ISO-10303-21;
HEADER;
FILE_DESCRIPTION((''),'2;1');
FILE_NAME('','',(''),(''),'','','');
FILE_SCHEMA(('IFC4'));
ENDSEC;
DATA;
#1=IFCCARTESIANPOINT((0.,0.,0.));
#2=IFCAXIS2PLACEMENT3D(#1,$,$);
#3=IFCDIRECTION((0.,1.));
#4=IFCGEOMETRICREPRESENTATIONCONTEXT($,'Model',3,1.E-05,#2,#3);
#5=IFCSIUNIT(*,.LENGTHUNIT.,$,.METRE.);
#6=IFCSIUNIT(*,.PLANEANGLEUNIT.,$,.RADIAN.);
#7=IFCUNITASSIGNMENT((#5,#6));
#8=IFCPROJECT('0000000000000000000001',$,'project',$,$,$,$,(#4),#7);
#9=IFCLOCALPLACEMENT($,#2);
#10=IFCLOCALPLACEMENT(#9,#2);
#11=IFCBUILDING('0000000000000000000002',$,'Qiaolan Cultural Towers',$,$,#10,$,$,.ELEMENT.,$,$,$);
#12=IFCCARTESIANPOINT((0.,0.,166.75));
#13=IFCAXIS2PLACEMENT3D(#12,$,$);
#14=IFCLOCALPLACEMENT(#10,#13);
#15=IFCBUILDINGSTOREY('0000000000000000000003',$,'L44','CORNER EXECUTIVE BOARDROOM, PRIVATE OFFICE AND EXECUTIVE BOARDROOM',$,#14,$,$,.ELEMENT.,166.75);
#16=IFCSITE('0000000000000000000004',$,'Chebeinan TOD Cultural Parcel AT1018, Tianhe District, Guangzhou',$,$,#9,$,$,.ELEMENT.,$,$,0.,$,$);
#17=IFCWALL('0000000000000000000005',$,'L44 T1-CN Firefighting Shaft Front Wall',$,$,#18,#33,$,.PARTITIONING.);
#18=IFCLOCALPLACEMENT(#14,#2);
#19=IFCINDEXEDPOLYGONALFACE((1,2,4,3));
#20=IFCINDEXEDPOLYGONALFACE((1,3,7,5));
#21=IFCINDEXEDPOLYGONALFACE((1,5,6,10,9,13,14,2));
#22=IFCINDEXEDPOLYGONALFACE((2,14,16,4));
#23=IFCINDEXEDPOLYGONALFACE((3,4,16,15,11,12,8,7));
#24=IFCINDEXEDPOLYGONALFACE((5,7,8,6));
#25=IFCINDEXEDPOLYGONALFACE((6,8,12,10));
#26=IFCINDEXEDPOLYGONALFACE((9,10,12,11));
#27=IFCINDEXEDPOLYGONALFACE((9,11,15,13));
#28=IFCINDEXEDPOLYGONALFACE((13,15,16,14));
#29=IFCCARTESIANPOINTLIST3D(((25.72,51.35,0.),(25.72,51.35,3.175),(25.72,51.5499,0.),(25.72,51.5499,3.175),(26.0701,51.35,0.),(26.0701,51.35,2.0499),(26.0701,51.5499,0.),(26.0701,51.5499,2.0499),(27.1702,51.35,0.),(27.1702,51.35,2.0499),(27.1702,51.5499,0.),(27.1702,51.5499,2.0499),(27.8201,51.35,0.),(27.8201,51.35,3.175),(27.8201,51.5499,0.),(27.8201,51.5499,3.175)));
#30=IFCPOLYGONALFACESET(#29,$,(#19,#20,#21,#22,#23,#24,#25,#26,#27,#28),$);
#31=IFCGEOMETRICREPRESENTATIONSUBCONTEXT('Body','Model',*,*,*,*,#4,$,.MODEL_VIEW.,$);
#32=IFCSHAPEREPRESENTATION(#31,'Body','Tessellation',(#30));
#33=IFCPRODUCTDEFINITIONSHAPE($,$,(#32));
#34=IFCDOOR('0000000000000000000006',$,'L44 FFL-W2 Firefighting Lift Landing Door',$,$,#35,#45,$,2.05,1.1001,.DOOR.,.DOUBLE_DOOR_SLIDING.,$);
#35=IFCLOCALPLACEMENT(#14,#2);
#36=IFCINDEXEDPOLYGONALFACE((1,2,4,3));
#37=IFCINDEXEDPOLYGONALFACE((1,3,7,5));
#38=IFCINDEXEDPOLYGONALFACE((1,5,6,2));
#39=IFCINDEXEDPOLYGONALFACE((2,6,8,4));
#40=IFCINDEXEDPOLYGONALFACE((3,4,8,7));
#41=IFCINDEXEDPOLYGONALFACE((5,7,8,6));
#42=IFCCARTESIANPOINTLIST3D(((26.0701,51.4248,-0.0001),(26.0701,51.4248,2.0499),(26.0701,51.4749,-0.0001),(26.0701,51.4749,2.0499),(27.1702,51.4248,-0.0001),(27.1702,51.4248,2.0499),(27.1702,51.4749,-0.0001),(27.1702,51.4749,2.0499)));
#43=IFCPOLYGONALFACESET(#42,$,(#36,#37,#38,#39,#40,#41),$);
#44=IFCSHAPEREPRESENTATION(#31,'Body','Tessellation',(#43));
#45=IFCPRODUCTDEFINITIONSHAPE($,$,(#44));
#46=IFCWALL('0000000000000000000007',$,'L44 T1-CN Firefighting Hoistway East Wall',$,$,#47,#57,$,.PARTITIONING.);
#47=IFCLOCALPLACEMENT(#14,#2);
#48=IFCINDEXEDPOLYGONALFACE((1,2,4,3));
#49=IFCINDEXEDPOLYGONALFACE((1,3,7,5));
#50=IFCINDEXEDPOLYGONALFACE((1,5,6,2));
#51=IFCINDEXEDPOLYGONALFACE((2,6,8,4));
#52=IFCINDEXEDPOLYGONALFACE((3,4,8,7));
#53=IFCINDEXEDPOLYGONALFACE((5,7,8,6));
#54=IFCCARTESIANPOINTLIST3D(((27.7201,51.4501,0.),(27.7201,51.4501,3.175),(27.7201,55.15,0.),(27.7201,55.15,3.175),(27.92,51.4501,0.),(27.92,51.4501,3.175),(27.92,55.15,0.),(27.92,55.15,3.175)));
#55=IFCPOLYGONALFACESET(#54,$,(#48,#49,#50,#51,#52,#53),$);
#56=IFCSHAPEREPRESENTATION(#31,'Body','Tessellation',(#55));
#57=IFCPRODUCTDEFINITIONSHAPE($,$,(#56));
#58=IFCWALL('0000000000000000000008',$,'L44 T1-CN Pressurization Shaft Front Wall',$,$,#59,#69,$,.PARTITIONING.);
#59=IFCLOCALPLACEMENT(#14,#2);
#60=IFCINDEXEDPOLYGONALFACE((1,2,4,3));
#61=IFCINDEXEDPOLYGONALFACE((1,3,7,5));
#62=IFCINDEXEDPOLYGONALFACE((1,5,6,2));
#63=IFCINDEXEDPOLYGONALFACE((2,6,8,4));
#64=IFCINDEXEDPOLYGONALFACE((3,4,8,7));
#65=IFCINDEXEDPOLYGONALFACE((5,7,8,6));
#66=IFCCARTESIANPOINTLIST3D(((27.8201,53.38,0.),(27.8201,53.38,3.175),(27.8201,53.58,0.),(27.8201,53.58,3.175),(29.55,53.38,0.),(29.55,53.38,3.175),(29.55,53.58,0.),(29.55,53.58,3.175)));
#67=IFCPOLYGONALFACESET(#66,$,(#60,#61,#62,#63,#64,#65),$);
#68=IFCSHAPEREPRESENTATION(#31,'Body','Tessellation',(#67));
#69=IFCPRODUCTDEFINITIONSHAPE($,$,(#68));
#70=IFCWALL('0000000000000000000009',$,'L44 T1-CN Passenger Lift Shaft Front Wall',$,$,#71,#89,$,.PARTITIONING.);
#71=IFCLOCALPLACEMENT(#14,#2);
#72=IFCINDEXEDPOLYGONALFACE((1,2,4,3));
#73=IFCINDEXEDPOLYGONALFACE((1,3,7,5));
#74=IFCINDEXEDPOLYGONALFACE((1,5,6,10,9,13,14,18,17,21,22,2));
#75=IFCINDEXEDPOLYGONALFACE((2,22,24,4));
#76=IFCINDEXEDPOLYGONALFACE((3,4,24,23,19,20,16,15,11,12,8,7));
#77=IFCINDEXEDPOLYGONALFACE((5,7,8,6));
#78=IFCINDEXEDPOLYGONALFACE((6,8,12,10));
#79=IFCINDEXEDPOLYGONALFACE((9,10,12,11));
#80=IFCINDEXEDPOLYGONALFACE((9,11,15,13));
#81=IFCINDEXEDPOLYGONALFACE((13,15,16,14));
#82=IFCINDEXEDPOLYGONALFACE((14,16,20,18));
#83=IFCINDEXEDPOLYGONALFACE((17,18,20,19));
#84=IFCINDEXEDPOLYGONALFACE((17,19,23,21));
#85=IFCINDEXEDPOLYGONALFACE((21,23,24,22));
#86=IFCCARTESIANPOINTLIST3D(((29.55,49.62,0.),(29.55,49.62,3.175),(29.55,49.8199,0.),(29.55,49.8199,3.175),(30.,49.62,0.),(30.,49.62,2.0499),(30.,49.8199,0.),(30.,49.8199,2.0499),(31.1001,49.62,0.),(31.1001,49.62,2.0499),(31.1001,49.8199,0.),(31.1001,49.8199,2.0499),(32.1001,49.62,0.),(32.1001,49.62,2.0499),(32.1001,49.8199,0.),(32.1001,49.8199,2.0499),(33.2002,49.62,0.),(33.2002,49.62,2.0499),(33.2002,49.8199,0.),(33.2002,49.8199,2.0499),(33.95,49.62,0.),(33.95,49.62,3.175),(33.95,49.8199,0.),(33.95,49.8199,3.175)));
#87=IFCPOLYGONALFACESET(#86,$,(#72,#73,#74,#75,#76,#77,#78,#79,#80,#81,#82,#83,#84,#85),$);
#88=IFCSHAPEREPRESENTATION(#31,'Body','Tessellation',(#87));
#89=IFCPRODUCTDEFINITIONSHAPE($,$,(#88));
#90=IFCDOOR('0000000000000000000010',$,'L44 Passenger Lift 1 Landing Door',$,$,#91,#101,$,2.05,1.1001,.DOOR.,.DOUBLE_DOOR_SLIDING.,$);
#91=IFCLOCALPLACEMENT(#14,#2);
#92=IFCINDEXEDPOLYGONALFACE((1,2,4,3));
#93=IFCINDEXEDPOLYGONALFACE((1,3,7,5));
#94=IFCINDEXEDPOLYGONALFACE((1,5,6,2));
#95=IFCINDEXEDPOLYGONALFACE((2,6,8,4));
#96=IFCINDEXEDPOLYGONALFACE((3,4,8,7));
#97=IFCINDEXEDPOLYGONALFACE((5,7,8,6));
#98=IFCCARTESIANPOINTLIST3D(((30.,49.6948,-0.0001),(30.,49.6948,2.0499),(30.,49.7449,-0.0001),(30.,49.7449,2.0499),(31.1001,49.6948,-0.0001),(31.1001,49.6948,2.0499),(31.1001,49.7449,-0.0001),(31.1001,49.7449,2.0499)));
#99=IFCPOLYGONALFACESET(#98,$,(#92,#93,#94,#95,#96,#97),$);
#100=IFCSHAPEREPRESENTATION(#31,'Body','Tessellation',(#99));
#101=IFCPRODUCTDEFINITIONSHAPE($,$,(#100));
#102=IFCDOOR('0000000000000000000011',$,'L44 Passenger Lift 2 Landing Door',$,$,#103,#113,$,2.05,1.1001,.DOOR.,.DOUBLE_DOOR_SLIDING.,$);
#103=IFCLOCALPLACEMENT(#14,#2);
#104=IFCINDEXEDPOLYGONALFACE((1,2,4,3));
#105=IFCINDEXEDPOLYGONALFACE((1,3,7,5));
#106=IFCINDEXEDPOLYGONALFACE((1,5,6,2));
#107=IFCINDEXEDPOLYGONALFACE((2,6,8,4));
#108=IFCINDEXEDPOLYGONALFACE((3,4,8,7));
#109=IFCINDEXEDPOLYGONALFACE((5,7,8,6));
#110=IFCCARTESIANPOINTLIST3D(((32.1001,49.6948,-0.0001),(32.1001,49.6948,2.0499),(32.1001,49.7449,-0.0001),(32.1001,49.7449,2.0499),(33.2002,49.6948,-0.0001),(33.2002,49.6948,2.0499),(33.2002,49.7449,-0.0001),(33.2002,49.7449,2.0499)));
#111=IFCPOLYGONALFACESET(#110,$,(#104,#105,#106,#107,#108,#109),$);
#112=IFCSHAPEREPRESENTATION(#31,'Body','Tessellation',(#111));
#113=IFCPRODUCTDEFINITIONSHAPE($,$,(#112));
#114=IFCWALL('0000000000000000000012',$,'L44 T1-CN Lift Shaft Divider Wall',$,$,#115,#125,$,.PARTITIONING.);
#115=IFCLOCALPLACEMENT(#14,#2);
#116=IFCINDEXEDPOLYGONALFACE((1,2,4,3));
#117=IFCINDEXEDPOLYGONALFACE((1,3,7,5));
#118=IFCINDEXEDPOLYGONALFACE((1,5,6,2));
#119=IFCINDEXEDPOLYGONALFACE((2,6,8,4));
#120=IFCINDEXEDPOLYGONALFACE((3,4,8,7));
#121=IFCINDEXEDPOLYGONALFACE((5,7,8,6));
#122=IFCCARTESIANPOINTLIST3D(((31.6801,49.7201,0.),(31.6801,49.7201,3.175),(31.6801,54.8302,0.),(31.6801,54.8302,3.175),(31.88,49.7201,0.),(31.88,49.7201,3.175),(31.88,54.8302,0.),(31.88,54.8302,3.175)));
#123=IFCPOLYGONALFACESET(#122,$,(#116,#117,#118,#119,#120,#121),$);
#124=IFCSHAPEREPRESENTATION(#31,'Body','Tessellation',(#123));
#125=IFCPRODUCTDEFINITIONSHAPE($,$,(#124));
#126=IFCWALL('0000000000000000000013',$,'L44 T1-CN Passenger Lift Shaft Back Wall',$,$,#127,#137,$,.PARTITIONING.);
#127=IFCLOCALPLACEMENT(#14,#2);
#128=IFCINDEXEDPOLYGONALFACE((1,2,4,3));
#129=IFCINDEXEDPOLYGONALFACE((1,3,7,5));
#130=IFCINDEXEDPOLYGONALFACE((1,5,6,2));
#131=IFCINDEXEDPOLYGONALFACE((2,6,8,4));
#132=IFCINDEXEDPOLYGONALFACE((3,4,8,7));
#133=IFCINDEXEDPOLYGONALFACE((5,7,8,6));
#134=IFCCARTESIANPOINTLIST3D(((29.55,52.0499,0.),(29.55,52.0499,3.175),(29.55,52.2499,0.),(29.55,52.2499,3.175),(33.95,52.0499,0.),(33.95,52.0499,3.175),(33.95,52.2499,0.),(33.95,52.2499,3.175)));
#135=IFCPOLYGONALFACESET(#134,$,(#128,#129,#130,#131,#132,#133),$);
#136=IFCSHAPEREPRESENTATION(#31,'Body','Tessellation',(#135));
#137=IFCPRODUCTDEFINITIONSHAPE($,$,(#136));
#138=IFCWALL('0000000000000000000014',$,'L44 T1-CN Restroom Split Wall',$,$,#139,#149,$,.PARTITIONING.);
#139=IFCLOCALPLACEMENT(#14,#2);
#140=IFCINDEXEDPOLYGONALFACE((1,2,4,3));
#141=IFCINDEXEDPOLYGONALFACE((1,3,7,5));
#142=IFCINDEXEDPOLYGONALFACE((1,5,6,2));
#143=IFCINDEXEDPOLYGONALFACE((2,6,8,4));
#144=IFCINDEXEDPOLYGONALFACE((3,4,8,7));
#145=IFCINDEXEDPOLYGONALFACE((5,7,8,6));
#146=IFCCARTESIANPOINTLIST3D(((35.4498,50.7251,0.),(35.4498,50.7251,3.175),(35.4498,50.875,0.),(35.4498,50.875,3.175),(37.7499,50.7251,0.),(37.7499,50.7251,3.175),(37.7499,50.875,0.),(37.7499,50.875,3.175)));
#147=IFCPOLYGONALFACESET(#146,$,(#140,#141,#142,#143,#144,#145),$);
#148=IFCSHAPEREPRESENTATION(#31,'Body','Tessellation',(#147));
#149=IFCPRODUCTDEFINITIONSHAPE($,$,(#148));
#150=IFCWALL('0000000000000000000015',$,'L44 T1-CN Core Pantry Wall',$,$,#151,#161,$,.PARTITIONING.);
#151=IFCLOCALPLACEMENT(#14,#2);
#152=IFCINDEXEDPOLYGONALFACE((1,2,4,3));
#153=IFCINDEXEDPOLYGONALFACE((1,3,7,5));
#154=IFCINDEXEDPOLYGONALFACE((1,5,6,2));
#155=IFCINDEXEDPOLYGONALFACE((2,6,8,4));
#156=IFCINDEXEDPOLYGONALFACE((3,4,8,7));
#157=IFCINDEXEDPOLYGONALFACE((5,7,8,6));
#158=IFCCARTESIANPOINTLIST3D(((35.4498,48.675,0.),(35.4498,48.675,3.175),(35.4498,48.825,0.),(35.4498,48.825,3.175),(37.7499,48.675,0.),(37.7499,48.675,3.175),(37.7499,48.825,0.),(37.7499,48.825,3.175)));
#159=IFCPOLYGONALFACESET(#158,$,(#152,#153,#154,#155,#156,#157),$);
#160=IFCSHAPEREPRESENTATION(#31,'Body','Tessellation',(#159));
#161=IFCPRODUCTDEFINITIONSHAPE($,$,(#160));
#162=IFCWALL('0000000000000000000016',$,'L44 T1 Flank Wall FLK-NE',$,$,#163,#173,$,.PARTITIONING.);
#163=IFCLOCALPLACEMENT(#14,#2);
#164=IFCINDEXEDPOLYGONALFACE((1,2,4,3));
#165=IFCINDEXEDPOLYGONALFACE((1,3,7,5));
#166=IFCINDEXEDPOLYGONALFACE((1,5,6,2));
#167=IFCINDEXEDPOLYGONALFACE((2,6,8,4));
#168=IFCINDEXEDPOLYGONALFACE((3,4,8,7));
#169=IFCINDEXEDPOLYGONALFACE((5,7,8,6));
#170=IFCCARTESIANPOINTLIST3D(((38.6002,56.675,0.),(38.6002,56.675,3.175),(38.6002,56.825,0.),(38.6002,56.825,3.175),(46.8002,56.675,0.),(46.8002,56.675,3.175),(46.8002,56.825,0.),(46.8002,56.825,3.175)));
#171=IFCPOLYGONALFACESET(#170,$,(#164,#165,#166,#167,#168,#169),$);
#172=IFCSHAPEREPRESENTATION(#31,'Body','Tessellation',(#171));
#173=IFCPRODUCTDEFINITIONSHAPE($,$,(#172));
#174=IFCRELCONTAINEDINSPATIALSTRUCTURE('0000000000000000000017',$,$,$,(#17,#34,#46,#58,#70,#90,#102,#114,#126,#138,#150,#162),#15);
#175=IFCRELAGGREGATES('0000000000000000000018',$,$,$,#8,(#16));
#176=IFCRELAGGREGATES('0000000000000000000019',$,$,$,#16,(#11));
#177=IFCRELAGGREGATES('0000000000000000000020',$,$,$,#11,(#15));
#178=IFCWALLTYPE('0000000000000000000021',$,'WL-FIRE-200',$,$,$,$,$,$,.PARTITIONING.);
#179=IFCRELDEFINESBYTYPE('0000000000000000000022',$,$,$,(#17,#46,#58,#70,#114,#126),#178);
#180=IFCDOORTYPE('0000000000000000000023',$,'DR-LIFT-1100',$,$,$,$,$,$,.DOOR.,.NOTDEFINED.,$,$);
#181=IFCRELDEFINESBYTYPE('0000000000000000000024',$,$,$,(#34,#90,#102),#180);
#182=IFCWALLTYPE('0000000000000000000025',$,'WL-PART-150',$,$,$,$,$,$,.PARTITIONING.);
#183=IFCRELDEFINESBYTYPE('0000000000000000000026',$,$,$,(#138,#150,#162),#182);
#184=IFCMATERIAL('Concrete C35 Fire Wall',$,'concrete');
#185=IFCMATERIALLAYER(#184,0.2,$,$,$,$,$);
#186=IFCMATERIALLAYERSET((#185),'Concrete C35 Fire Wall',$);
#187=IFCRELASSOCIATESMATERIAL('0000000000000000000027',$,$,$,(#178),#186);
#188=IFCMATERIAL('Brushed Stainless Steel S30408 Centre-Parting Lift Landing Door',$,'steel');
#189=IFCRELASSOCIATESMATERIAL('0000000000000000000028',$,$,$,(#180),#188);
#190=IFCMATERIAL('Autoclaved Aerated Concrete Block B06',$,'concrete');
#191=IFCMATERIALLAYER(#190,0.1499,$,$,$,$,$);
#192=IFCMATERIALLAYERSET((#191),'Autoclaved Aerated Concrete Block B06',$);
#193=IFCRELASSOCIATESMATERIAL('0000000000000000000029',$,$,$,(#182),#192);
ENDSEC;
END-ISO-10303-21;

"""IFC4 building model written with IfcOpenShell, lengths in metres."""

from ifc_helpers import new_model, si_unit, direction, frame, frame_2d, origin, place, context, subcontext, project, spatial, rectangle, extrude, material, layer, layer_set, type_object, element, fill, save


model = new_model("IFC4")

# Units and contexts
model_context = context("Model", 3, precision=1e-05, world=origin(), true_north=direction((0.0, 1.0)))
body_context = subcontext(model_context, "Body", "Model", "MODEL_VIEW")
ifc_project = project(units=[si_unit("LENGTHUNIT", "METRE"), si_unit("PLANEANGLEUNIT", "RADIAN")], contexts=[model_context])

# Site, building, storey
site_placement = place(None, origin())
site = spatial("IfcSite", under=ifc_project, at=site_placement, Name="Chebeinan TOD Cultural Parcel AT1018, Tianhe District, Guangzhou", CompositionType="ELEMENT", RefElevation=0.0)
building_placement = place(site_placement, origin())
building = spatial("IfcBuilding", under=site, at=building_placement, Name="Qiaolan Cultural Towers", CompositionType="ELEMENT")
storey_placement = place(building_placement, frame((0.0, 0.0, 166.75)))
storey = spatial("IfcBuildingStorey", under=building, at=storey_placement, Name="L44", Description="CORNER EXECUTIVE BOARDROOM, PRIVATE OFFICE AND EXECUTIVE BOARDROOM", CompositionType="ELEMENT", Elevation=166.75)

# Wall, opening, door
ifc_material_1 = material(Name="Concrete C35 Fire Wall", Category="concrete")
ifc_layer_1 = layer(ifc_material_1, 0.2)
ifc_layer_set_1 = layer_set([ifc_layer_1], Name="Concrete C35 Fire Wall")
wall_type_1 = type_object("IfcWallType", Name="WL-FIRE-200", PredefinedType="PARTITIONING", material=ifc_layer_set_1)
wall_1_placement = place(storey_placement, frame((25.72, 51.45, 0.0), z_axis=(0.0, 0.0, 1.0), x_axis=(1.0, 0.0, 0.0)))
wall_1 = element("IfcWall", 1, at=wall_1_placement, inside=storey, type_object=wall_type_1, Name="L44 T1-CN Firefighting Shaft Front Wall", PredefinedType="PARTITIONING", context=body_context, shape_type="SweptSolid", body=[
    extrude(rectangle(XDim=2.1001, YDim=0.2, at=frame_2d((1.05, 0.0))), origin(), (0.0, 0.0, 1.0), 3.175),
])
opening_1_placement = place(wall_1_placement, frame((0.3501, 0.0, 0.0)))
opening_1 = element("IfcOpeningElement", 2, at=opening_1_placement, cuts=wall_1, PredefinedType="OPENING", context=body_context, shape_type="SweptSolid", body=[
    extrude(rectangle(XDim=1.1001, YDim=2.05, at=frame_2d((0.55, 1.0249))), frame((0.0, 0.1099, 0.0), z_axis=(0.0, -1.0, 0.0), x_axis=(1.0, 0.0, 0.0)), (0.0, 0.0, 1.0), 0.22),
])
ifc_material_2 = material(Name="Brushed Stainless Steel S30408 Centre-Parting Lift Landing Door", Category="steel")
door_type = type_object("IfcDoorType", Name="DR-LIFT-1100", OperationType="NOTDEFINED", PredefinedType="DOOR", material=ifc_material_2)
door_1_placement = place(opening_1_placement, origin())
door_1 = element("IfcDoor", 3, at=door_1_placement, inside=storey, type_object=door_type, Name="L44 FFL-W2 Firefighting Lift Landing Door", OperationType="DOUBLE_DOOR_SLIDING", OverallHeight=2.05, OverallWidth=1.1001, PredefinedType="DOOR", context=body_context, shape_type="SweptSolid", body=[
    extrude(rectangle(XDim=1.1001, YDim=2.05, at=frame_2d((0.55, 1.0249))), frame((0.0, 0.0249, 0.0), z_axis=(0.0, -1.0, 0.0), x_axis=(1.0, 0.0, 0.0)), (0.0, 0.0, 1.0), 0.05),
])
fill(opening_1, door_1)

# Walls
wall_2_placement = place(storey_placement, frame((27.8201, 51.45, 0.0), z_axis=(0.0, 0.0, 1.0), x_axis=(0.0, 1.0, 0.0)))
element("IfcWall", 4, at=wall_2_placement, inside=storey, type_object=wall_type_1, Name="L44 T1-CN Firefighting Hoistway East Wall", PredefinedType="PARTITIONING", context=body_context, shape_type="SweptSolid", body=[
    extrude(rectangle(XDim=3.7, YDim=0.2, at=frame_2d((1.8501, 0.0))), origin(), (0.0, 0.0, 1.0), 3.175),
])
wall_3_placement = place(storey_placement, frame((27.8201, 53.48, 0.0), z_axis=(0.0, 0.0, 1.0), x_axis=(1.0, 0.0, 0.0)))
element("IfcWall", 5, at=wall_3_placement, inside=storey, type_object=wall_type_1, Name="L44 T1-CN Pressurization Shaft Front Wall", PredefinedType="PARTITIONING", context=body_context, shape_type="SweptSolid", body=[
    extrude(rectangle(XDim=1.73, YDim=0.2, at=frame_2d((0.865, 0.0))), origin(), (0.0, 0.0, 1.0), 3.175),
])

# Wall, openings, doors
wall_4_placement = place(storey_placement, frame((29.55, 49.72, 0.0), z_axis=(0.0, 0.0, 1.0), x_axis=(1.0, 0.0, 0.0)))
wall_4 = element("IfcWall", 6, at=wall_4_placement, inside=storey, type_object=wall_type_1, Name="L44 T1-CN Passenger Lift Shaft Front Wall", PredefinedType="PARTITIONING", context=body_context, shape_type="SweptSolid", body=[
    extrude(rectangle(XDim=4.3999, YDim=0.2, at=frame_2d((2.2, 0.0))), origin(), (0.0, 0.0, 1.0), 3.175),
])
opening_2_placement = place(wall_4_placement, frame((0.45, 0.0, 0.0)))
opening_2 = element("IfcOpeningElement", 7, at=opening_2_placement, cuts=wall_4, PredefinedType="OPENING", context=body_context, shape_type="SweptSolid", body=[
    extrude(rectangle(XDim=1.1001, YDim=2.05, at=frame_2d((0.55, 1.0249))), frame((0.0, 0.1099, 0.0), z_axis=(0.0, -1.0, 0.0), x_axis=(1.0, 0.0, 0.0)), (0.0, 0.0, 1.0), 0.22),
])
opening_3_placement = place(wall_4_placement, frame((2.55, 0.0, 0.0)))
opening_3 = element("IfcOpeningElement", 8, at=opening_3_placement, cuts=wall_4, PredefinedType="OPENING", context=body_context, shape_type="SweptSolid", body=[
    extrude(rectangle(XDim=1.1001, YDim=2.05, at=frame_2d((0.55, 1.0249))), frame((0.0, 0.1099, 0.0), z_axis=(0.0, -1.0, 0.0), x_axis=(1.0, 0.0, 0.0)), (0.0, 0.0, 1.0), 0.22),
])
door_2_placement = place(opening_2_placement, origin())
door_2 = element("IfcDoor", 9, at=door_2_placement, inside=storey, type_object=door_type, Name="L44 Passenger Lift 1 Landing Door", OperationType="DOUBLE_DOOR_SLIDING", OverallHeight=2.05, OverallWidth=1.1001, PredefinedType="DOOR", context=body_context, shape_type="SweptSolid", body=[
    extrude(rectangle(XDim=1.1001, YDim=2.05, at=frame_2d((0.55, 1.0249))), frame((0.0, 0.0249, 0.0), z_axis=(0.0, -1.0, 0.0), x_axis=(1.0, 0.0, 0.0)), (0.0, 0.0, 1.0), 0.05),
])
fill(opening_2, door_2)
door_3_placement = place(opening_3_placement, origin())
door_3 = element("IfcDoor", 10, at=door_3_placement, inside=storey, type_object=door_type, Name="L44 Passenger Lift 2 Landing Door", OperationType="DOUBLE_DOOR_SLIDING", OverallHeight=2.05, OverallWidth=1.1001, PredefinedType="DOOR", context=body_context, shape_type="SweptSolid", body=[
    extrude(rectangle(XDim=1.1001, YDim=2.05, at=frame_2d((0.55, 1.0249))), frame((0.0, 0.0249, 0.0), z_axis=(0.0, -1.0, 0.0), x_axis=(1.0, 0.0, 0.0)), (0.0, 0.0, 1.0), 0.05),
])
fill(opening_3, door_3)

# Walls
wall_5_placement = place(storey_placement, frame((31.78, 49.72, 0.0), z_axis=(0.0, 0.0, 1.0), x_axis=(0.0, 1.0, 0.0)))
element("IfcWall", 11, at=wall_5_placement, inside=storey, type_object=wall_type_1, Name="L44 T1-CN Lift Shaft Divider Wall", PredefinedType="PARTITIONING", context=body_context, shape_type="SweptSolid", body=[
    extrude(rectangle(XDim=5.1101, YDim=0.2, at=frame_2d((2.5552, 0.0))), origin(), (0.0, 0.0, 1.0), 3.175),
])
wall_6_placement = place(storey_placement, frame((29.55, 52.1499, 0.0), z_axis=(0.0, 0.0, 1.0), x_axis=(1.0, 0.0, 0.0)))
element("IfcWall", 12, at=wall_6_placement, inside=storey, type_object=wall_type_1, Name="L44 T1-CN Passenger Lift Shaft Back Wall", PredefinedType="PARTITIONING", context=body_context, shape_type="SweptSolid", body=[
    extrude(rectangle(XDim=4.3999, YDim=0.2, at=frame_2d((2.2, 0.0))), origin(), (0.0, 0.0, 1.0), 3.175),
])
ifc_material_3 = material(Name="Autoclaved Aerated Concrete Block B06", Category="concrete")
ifc_layer_2 = layer(ifc_material_3, 0.1499)
ifc_layer_set_2 = layer_set([ifc_layer_2], Name="Autoclaved Aerated Concrete Block B06")
wall_type_2 = type_object("IfcWallType", Name="WL-PART-150", PredefinedType="PARTITIONING", material=ifc_layer_set_2)
for number, where, z_axis, x_axis, name in (
    (13, (35.45, 50.8, 0.0), (0.0, 0.0, 1.0), (1.0, 0.0, 0.0), "L44 T1-CN Restroom Split Wall"),
    (14, (35.45, 48.75, 0.0), (0.0, 0.0, 1.0), (1.0, 0.0, 0.0), "L44 T1-CN Core Pantry Wall"),
):
    element("IfcWall", number, at=place(storey_placement, frame(where, z_axis=z_axis, x_axis=x_axis)), inside=storey, type_object=wall_type_2, Name=name, PredefinedType="PARTITIONING", context=body_context, shape_type="SweptSolid", body=[
        extrude(rectangle(XDim=2.3, YDim=0.1499, at=frame_2d((1.1499, 0.0))), origin(), (0.0, 0.0, 1.0), 3.175),
    ])
wall_7_placement = place(storey_placement, frame((38.6001, 56.75, 0.0), z_axis=(0.0, 0.0, 1.0), x_axis=(1.0, 0.0, 0.0)))
element("IfcWall", 15, at=wall_7_placement, inside=storey, type_object=wall_type_2, Name="L44 T1 Flank Wall FLK-NE", PredefinedType="PARTITIONING", context=body_context, shape_type="SweptSolid", body=[
    extrude(rectangle(XDim=8.2, YDim=0.1499, at=frame_2d((4.1001, 0.0))), origin(), (0.0, 0.0, 1.0), 3.175),
])

save(model, "model.ifc")
